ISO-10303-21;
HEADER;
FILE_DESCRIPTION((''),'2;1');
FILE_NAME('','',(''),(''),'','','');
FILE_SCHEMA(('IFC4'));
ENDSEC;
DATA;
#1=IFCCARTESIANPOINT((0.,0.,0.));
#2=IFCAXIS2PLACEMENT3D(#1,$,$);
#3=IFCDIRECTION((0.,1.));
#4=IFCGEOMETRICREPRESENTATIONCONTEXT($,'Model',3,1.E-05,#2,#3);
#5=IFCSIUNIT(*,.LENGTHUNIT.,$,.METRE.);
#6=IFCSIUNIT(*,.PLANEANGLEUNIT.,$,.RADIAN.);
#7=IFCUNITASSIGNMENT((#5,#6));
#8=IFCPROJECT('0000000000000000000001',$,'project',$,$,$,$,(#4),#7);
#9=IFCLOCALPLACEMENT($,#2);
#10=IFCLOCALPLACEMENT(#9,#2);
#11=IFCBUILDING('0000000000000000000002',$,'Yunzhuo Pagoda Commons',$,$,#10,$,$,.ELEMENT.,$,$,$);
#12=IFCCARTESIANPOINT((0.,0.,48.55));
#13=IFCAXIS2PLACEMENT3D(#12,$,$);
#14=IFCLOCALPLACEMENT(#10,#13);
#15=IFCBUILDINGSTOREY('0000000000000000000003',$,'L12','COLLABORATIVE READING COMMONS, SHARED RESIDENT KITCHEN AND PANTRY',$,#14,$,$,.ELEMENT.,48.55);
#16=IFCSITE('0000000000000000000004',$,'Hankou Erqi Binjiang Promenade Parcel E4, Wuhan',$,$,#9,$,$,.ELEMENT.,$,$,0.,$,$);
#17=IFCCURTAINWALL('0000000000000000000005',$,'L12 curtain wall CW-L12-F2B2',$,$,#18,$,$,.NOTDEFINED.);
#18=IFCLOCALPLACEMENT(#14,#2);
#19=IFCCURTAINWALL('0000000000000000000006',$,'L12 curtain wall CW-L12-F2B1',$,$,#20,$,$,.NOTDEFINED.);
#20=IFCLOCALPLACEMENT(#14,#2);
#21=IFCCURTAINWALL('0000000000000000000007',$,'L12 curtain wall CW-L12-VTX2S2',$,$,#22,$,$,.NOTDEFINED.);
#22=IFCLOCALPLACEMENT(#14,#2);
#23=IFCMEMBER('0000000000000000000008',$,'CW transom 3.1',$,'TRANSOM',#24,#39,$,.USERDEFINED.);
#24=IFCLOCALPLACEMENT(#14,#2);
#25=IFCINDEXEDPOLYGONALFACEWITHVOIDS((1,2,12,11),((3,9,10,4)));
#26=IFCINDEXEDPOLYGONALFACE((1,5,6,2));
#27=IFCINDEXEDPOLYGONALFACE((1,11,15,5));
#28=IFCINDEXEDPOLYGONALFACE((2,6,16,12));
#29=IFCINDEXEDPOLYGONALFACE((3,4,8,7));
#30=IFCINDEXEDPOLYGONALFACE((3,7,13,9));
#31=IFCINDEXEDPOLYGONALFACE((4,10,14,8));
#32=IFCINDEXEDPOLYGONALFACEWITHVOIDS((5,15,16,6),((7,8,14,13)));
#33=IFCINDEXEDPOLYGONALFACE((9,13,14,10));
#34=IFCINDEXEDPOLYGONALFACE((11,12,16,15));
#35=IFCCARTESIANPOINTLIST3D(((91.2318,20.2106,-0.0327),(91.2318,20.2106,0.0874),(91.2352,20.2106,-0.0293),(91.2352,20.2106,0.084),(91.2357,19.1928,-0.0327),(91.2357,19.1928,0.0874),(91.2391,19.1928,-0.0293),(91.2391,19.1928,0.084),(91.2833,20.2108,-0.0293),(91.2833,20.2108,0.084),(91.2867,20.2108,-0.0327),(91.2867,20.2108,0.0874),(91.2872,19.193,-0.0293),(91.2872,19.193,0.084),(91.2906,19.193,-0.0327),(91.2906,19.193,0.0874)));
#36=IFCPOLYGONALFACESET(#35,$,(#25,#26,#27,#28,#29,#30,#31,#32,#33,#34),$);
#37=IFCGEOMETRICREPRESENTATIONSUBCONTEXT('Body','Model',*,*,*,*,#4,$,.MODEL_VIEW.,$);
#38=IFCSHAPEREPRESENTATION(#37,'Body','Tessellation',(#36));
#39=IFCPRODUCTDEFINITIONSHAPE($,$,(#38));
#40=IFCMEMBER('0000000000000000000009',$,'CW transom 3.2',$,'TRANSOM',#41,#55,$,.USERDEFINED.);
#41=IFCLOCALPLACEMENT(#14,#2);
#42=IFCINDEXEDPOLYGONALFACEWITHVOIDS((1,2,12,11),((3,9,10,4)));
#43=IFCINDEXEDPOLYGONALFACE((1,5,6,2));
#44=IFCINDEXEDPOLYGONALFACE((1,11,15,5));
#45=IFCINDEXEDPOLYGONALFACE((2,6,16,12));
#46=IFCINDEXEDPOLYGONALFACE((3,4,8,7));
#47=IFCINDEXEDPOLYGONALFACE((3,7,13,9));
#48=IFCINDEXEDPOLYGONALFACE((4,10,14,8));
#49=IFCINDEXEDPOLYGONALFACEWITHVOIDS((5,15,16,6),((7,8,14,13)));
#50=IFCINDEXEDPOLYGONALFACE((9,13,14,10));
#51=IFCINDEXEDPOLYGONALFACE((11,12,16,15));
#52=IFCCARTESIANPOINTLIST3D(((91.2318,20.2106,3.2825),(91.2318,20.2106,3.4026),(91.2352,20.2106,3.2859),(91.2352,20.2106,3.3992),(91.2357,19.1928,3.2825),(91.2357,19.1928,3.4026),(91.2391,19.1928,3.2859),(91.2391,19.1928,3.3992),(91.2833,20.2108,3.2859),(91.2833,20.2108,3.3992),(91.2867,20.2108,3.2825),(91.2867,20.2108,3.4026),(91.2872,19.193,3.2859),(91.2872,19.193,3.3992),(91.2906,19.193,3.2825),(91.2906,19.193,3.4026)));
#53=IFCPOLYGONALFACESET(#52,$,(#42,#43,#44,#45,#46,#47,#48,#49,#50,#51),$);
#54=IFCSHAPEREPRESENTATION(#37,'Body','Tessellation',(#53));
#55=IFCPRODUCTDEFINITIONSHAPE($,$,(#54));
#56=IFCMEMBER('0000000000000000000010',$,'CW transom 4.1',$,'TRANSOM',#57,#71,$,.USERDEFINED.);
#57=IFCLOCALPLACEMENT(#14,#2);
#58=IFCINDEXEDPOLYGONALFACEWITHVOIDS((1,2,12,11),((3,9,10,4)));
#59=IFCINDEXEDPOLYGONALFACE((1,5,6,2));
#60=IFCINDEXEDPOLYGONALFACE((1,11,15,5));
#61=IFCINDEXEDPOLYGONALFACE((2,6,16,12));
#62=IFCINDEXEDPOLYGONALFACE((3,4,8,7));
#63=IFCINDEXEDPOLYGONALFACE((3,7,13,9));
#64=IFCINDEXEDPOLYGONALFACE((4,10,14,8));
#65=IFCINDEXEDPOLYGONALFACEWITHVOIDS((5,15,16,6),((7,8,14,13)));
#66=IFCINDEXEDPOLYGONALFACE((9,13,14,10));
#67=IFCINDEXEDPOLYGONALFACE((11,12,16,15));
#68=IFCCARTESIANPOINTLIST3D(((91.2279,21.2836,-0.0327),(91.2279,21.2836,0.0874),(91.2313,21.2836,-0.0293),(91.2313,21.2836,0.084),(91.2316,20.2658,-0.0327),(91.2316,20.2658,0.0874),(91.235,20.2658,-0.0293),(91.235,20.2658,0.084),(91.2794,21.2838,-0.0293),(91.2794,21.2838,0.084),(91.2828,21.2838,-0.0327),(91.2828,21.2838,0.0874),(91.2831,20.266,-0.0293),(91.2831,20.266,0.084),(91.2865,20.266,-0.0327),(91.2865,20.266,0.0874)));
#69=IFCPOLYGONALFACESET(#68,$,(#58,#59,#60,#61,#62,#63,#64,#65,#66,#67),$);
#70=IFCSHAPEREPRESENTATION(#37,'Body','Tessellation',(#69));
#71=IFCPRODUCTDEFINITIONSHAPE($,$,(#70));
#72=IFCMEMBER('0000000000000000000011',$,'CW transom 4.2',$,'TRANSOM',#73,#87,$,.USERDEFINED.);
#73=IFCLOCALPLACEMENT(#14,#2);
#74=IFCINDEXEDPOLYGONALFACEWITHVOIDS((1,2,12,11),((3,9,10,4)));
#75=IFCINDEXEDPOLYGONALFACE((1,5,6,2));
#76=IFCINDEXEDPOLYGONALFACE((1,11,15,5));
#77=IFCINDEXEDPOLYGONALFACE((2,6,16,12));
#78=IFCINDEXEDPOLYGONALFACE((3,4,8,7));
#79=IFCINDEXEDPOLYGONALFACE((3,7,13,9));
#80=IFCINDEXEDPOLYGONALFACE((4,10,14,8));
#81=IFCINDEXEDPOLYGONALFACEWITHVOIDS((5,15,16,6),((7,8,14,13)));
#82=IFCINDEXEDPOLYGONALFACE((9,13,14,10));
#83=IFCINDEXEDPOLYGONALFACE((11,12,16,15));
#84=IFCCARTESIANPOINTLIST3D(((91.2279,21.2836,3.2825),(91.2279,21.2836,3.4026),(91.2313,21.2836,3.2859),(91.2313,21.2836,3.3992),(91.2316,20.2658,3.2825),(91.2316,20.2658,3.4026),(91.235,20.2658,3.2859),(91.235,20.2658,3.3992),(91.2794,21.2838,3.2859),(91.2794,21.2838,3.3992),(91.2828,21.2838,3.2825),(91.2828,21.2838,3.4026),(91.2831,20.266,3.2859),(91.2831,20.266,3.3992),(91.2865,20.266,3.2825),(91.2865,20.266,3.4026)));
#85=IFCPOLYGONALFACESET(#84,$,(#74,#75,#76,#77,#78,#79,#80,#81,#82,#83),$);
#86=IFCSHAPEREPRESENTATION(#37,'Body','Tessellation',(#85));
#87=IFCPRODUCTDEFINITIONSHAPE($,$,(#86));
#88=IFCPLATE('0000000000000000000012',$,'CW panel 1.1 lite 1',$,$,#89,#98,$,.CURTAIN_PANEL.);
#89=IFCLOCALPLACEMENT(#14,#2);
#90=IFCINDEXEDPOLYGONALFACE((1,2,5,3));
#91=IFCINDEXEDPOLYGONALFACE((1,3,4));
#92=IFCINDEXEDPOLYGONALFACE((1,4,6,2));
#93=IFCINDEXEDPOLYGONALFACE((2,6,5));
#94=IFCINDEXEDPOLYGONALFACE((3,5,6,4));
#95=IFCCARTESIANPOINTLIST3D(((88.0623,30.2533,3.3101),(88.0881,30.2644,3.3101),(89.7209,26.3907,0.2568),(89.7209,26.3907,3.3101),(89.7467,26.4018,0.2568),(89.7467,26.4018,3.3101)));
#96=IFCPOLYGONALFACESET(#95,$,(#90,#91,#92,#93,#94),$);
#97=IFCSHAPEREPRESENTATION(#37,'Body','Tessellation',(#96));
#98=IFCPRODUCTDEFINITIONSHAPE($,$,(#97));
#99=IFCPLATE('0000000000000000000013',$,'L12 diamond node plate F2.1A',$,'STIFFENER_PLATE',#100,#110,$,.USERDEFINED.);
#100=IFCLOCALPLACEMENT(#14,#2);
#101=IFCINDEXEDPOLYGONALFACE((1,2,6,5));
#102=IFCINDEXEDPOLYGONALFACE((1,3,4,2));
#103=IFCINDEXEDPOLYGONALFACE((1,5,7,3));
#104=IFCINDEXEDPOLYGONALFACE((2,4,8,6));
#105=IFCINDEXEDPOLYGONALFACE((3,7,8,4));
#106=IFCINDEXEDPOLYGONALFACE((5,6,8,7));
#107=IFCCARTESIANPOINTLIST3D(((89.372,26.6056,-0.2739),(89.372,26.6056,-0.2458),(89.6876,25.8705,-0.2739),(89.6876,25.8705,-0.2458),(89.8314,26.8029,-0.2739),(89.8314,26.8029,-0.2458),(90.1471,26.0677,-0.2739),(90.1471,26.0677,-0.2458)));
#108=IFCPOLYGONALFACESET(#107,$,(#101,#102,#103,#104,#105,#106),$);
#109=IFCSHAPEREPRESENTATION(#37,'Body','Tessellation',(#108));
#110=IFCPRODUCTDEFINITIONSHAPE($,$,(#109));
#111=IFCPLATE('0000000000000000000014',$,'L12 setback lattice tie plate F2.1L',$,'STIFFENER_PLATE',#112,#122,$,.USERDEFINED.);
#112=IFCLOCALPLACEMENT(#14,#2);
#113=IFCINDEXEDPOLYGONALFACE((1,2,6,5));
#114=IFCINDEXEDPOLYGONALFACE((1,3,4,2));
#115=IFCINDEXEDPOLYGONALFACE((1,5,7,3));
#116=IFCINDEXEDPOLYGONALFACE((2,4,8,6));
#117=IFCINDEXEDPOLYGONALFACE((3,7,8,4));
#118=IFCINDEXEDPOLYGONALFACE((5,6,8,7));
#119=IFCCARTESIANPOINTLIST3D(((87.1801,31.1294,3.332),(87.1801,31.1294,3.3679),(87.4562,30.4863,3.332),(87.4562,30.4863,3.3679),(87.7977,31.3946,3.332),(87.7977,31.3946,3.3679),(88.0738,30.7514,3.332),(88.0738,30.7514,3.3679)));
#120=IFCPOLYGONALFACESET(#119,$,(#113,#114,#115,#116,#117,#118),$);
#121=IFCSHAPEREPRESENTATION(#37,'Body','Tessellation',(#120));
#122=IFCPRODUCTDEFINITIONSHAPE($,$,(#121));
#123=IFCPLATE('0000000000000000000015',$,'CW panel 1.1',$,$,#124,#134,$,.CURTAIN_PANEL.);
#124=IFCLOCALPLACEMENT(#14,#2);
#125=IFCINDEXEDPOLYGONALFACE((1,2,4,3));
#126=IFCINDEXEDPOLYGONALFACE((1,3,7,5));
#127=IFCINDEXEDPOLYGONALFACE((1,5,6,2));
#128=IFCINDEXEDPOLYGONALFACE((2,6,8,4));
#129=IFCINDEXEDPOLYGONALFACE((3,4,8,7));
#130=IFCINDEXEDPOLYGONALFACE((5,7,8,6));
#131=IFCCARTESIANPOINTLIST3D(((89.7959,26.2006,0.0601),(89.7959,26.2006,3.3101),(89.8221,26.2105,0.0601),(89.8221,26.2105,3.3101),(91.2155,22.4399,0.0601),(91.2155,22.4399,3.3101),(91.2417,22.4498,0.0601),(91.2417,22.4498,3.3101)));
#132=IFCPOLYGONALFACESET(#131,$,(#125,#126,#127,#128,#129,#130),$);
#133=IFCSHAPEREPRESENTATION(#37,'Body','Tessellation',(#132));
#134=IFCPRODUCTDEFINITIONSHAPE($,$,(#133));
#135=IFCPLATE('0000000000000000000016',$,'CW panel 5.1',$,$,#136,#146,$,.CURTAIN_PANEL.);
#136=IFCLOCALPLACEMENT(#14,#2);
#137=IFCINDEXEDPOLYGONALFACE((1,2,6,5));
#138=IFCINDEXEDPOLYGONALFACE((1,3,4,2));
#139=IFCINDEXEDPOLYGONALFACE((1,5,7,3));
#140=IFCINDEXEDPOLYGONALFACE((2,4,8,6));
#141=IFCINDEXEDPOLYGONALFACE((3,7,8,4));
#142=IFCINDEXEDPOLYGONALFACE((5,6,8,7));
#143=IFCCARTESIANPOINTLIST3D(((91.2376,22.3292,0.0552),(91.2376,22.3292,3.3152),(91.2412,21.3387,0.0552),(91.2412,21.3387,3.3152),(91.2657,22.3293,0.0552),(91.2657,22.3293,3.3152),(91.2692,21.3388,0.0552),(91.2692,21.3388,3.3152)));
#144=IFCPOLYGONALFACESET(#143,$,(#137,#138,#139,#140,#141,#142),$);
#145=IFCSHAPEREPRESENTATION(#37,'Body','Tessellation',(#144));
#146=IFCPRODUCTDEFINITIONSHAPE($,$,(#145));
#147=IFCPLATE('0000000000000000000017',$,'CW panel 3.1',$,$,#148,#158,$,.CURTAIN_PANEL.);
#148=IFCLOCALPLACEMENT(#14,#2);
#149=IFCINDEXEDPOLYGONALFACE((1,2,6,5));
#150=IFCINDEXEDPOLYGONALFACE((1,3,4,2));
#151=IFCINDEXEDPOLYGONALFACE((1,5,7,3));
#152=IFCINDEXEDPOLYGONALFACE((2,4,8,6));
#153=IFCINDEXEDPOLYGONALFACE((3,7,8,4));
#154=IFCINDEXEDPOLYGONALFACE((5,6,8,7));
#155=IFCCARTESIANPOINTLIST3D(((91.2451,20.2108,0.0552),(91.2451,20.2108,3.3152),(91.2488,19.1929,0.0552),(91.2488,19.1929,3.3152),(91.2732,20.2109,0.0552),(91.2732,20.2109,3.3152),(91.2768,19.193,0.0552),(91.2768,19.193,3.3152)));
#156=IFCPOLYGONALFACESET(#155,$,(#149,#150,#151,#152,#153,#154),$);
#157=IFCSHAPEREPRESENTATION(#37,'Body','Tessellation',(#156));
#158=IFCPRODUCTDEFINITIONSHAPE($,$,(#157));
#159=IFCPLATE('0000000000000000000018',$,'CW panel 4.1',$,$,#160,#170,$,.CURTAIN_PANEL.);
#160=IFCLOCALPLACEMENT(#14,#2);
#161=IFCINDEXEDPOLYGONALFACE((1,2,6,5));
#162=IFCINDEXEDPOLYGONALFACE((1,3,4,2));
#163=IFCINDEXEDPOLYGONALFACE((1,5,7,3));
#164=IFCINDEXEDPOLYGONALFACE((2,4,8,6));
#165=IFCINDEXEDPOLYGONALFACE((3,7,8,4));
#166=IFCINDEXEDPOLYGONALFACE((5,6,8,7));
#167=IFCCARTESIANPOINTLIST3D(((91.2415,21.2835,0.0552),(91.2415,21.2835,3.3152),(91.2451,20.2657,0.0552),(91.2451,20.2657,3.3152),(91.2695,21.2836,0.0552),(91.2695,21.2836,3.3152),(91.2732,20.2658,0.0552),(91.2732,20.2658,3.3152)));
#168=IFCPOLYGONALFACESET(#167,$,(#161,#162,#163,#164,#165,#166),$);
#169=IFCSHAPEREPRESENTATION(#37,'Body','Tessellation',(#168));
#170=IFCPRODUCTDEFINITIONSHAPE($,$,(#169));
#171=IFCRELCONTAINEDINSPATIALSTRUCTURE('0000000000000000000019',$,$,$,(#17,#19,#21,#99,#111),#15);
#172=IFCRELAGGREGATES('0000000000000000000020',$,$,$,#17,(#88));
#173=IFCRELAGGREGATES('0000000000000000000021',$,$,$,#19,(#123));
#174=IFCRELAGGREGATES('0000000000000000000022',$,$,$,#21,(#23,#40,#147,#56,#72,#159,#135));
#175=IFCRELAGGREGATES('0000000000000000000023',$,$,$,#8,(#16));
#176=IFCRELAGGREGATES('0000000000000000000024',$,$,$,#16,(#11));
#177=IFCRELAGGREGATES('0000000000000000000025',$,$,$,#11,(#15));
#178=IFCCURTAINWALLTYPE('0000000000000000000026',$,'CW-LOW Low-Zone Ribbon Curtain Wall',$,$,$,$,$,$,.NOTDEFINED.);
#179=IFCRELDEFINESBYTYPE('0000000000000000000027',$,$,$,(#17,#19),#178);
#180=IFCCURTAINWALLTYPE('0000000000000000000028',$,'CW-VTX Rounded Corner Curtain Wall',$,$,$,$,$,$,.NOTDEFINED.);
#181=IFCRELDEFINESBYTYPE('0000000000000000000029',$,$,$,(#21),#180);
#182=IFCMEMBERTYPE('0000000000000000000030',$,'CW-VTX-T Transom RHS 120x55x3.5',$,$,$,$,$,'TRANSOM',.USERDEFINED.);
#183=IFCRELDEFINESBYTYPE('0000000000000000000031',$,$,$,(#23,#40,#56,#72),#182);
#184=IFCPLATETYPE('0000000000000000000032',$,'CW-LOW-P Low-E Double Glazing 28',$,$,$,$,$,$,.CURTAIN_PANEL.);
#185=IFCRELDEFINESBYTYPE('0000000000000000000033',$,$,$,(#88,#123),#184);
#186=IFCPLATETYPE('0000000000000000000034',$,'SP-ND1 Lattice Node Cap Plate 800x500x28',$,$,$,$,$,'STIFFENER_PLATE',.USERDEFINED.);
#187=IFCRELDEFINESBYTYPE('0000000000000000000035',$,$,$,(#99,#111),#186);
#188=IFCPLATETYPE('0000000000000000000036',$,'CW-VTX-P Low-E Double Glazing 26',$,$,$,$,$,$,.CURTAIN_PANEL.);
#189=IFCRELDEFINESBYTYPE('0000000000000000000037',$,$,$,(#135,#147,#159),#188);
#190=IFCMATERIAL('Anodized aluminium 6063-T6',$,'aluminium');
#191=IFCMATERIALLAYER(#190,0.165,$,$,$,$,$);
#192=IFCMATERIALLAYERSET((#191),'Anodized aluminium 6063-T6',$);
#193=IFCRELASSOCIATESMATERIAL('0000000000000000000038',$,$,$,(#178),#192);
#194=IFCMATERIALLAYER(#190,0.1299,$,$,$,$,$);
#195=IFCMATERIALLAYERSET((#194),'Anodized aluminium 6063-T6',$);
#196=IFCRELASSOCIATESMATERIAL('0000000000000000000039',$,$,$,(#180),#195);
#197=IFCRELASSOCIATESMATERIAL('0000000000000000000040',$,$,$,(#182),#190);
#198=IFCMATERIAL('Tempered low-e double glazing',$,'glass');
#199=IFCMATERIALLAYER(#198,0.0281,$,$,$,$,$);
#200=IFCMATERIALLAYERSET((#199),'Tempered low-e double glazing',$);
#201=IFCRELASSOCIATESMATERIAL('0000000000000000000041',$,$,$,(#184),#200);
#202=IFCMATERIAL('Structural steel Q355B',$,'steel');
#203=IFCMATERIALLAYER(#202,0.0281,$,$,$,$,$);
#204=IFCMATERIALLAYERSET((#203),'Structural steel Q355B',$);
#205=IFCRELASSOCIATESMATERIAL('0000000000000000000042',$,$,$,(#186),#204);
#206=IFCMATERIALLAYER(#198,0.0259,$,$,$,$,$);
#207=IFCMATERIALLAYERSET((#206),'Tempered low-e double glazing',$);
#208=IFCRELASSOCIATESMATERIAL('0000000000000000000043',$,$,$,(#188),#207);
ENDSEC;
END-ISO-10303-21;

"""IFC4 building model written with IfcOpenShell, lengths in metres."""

from ifc_helpers import new_model, si_unit, direction, frame, origin, origin_2d, place, context, subcontext, project, spatial, polyline, rectangle, hollow_rectangle, outline, extrude, source, transform, mapped, material, layer, layer_set, material_profile, profile_set, type_object, element, aggregate, save


model = new_model("IFC4")

# Units and contexts
model_context = context("Model", 3, precision=1e-05, world=origin(), true_north=direction((0.0, 1.0)))
body_context = subcontext(model_context, "Body", "Model", "MODEL_VIEW")
ifc_project = project(units=[si_unit("LENGTHUNIT", "METRE"), si_unit("PLANEANGLEUNIT", "RADIAN")], contexts=[model_context])

# Site, building, storey
site_placement = place(None, origin())
site = spatial("IfcSite", under=ifc_project, at=site_placement, Name="Hankou Erqi Binjiang Promenade Parcel E4, Wuhan", CompositionType="ELEMENT", RefElevation=0.0)
building_placement = place(site_placement, origin())
building = spatial("IfcBuilding", under=site, at=building_placement, Name="Yunzhuo Pagoda Commons", CompositionType="ELEMENT")
storey_placement = place(building_placement, frame((0.0, 0.0, 48.55)))
storey = spatial("IfcBuildingStorey", under=building, at=storey_placement, Name="L12", Description="COLLABORATIVE READING COMMONS, SHARED RESIDENT KITCHEN AND PANTRY", CompositionType="ELEMENT", Elevation=48.55)

# Shared definitions
ifc_material_1 = material(Name="Structural steel Q355B", Category="steel")

# Curtain wall
ifc_material_2 = material(Name="Anodized aluminium 6063-T6", Category="aluminium")
ifc_layer_1 = layer(ifc_material_2, 0.165)
ifc_layer_set_1 = layer_set([ifc_layer_1], Name="Anodized aluminium 6063-T6")
curtain_wall_type_1 = type_object("IfcCurtainWallType", Name="CW-LOW Low-Zone Ribbon Curtain Wall", PredefinedType="NOTDEFINED", material=ifc_layer_set_1)
curtain_wall_1_placement = place(storey_placement, origin())
curtain_wall_1 = element("IfcCurtainWall", 1, at=curtain_wall_1_placement, inside=storey, type_object=curtain_wall_type_1, Name="L12 curtain wall CW-L12-F2B2", PredefinedType="NOTDEFINED")

# Curtain wall
curtain_wall_2_placement = place(storey_placement, origin())
curtain_wall_2 = element("IfcCurtainWall", 2, at=curtain_wall_2_placement, inside=storey, type_object=curtain_wall_type_1, Name="L12 curtain wall CW-L12-F2B1", PredefinedType="NOTDEFINED")

# Curtain wall, members
ifc_layer_2 = layer(ifc_material_2, 0.1299)
ifc_layer_set_2 = layer_set([ifc_layer_2], Name="Anodized aluminium 6063-T6")
curtain_wall_type_2 = type_object("IfcCurtainWallType", Name="CW-VTX Rounded Corner Curtain Wall", PredefinedType="NOTDEFINED", material=ifc_layer_set_2)
curtain_wall_3_placement = place(storey_placement, origin())
curtain_wall_3 = element("IfcCurtainWall", 3, at=curtain_wall_3_placement, inside=storey, type_object=curtain_wall_type_2, Name="L12 curtain wall CW-L12-VTX2S2", PredefinedType="NOTDEFINED")
ifc_material_profile_1 = material_profile(ifc_material_2, hollow_rectangle(XDim=0.0549, YDim=0.1201, WallThickness=0.0034, at=origin_2d()), Name="Anodized aluminium 6063-T6")
ifc_profile_set_1 = profile_set([ifc_material_profile_1], Name="Anodized aluminium 6063-T6")
member_type_1 = type_object("IfcMemberType", Name="CW-VTX-T Transom RHS 120x55x3.5", ElementType="TRANSOM", PredefinedType="USERDEFINED", material=ifc_profile_set_1)
shared_shape_1 = source(origin(), body_context, "Body", "SweptSolid", [
    extrude(hollow_rectangle(XDim=0.0549, YDim=0.1201, WallThickness=0.0034, at=origin_2d()), origin(), (0.0, 0.0, 1.0), 1.0178),
])
member_1_placement = place(storey_placement, frame((91.2632, 19.1929, 0.0273), z_axis=(-0.003838, 0.999993, 0.0), x_axis=(-0.999993, -0.003838, 0.0)))
member_1 = element("IfcMember", 4, at=member_1_placement, type_object=member_type_1, Name="CW transom 3.1", ObjectType="TRANSOM", PredefinedType="USERDEFINED", context=body_context, shape_type="MappedRepresentation", body=[
    mapped(shared_shape_1, transform((0.0, 0.0, 0.0), scale=1.0)),
])
member_2_placement = place(storey_placement, frame((91.2632, 19.1929, 3.3425), z_axis=(-0.003838, 0.999993, 0.0), x_axis=(-0.999993, -0.003838, 0.0)))
member_2 = element("IfcMember", 5, at=member_2_placement, type_object=member_type_1, Name="CW transom 3.2", ObjectType="TRANSOM", PredefinedType="USERDEFINED", context=body_context, shape_type="MappedRepresentation", body=[
    mapped(shared_shape_1, transform((0.0, 0.0, 0.0), scale=1.0)),
])
member_3_placement = place(storey_placement, frame((91.259, 20.2659, 0.0273), z_axis=(-0.003598, 0.999994, 0.0), x_axis=(-0.999994, -0.003598, 0.0)))
member_3 = element("IfcMember", 6, at=member_3_placement, type_object=member_type_1, Name="CW transom 4.1", ObjectType="TRANSOM", PredefinedType="USERDEFINED", context=body_context, shape_type="MappedRepresentation", body=[
    mapped(shared_shape_1, transform((0.0, 0.0, 0.0), scale=1.0)),
])
member_4_placement = place(storey_placement, frame((91.259, 20.2659, 3.3425), z_axis=(-0.003598, 0.999994, 0.0), x_axis=(-0.999994, -0.003598, 0.0)))
member_4 = element("IfcMember", 7, at=member_4_placement, type_object=member_type_1, Name="CW transom 4.2", ObjectType="TRANSOM", PredefinedType="USERDEFINED", context=body_context, shape_type="MappedRepresentation", body=[
    mapped(shared_shape_1, transform((0.0, 0.0, 0.0), scale=1.0)),
])

# Plate
ifc_material_3 = material(Name="Tempered low-e double glazing", Category="glass")
ifc_layer_3 = layer(ifc_material_3, 0.0281)
ifc_layer_set_3 = layer_set([ifc_layer_3], Name="Tempered low-e double glazing")
plate_type_1 = type_object("IfcPlateType", Name="CW-LOW-P Low-E Double Glazing 28", PredefinedType="CURTAIN_PANEL", material=ifc_layer_set_3)
plate_1_placement = place(storey_placement, frame((88.8916, 28.322, 1.7834), z_axis=(0.918866, 0.394571, 0.0), x_axis=(-0.394571, 0.918866, 0.0)))
plate_1 = element("IfcPlate", 8, at=plate_1_placement, type_object=plate_type_1, Name="CW panel 1.1 lite 1", PredefinedType="CURTAIN_PANEL", context=body_context, shape_type="SweptSolid", body=[
    extrude(outline(polyline([(-2.1018, -1.5266), (2.1018, 1.5266), (-2.1018, 1.5266), (-2.1018, -1.5266)])), origin(), (0.0, 0.0, 1.0), 0.0281),
])
aggregate(curtain_wall_1, [plate_1])

# Plates
ifc_layer_4 = layer(ifc_material_1, 0.0281)
ifc_layer_set_4 = layer_set([ifc_layer_4], Name="Structural steel Q355B")
plate_type_2 = type_object("IfcPlateType", Name="SP-ND1 Lattice Node Cap Plate 800x500x28", ElementType="STIFFENER_PLATE", PredefinedType="USERDEFINED", material=ifc_layer_set_4)
shared_shape_2 = source(origin(), body_context, "Body", "SweptSolid", [
    extrude(rectangle(XDim=0.8, YDim=0.5, at=origin_2d()), origin(), (0.0, 0.0, 1.0), 0.0281),
])
plate_2_placement = place(storey_placement, frame((89.7595, 26.3367, -0.2739), z_axis=(0.0, 0.0, 1.0), x_axis=(-0.394567, 0.918867, 0.0)))
element("IfcPlate", 9, at=plate_2_placement, inside=storey, type_object=plate_type_2, Name="L12 diamond node plate F2.1A", ObjectType="STIFFENER_PLATE", PredefinedType="USERDEFINED", context=body_context, shape_type="MappedRepresentation", body=[
    mapped(shared_shape_2, transform((0.0, 0.0, 0.0), scale=1.0)),
])
shared_shape_3 = source(origin(), body_context, "Body", "SweptSolid", [
    extrude(rectangle(XDim=0.7, YDim=0.6721, at=origin_2d()), origin(), (0.0, 0.0, 1.0), 0.0359),
])
plate_3_placement = place(storey_placement, frame((87.627, 30.9404, 3.332), z_axis=(0.0, 0.0, 1.0), x_axis=(-0.394567, 0.918867, 0.0)))
element("IfcPlate", 10, at=plate_3_placement, inside=storey, type_object=plate_type_2, Name="L12 setback lattice tie plate F2.1L", ObjectType="STIFFENER_PLATE", PredefinedType="USERDEFINED", context=body_context, shape_type="MappedRepresentation", body=[
    mapped(shared_shape_3, transform((0.0, 0.0, 0.0), scale=1.0)),
])

# Plates
shared_shape_4 = source(origin(), body_context, "Body", "SweptSolid", [
    extrude(rectangle(XDim=4.0198, YDim=0.0281, at=origin_2d()), origin(), (0.0, 0.0, 1.0), 3.25),
])
plate_4_placement = place(storey_placement, frame((90.5188, 24.3252, 0.0601), z_axis=(0.0, 0.0, 1.0), x_axis=(-0.353151, 0.935566, 0.0)))
plate_4 = element("IfcPlate", 11, at=plate_4_placement, type_object=plate_type_1, Name="CW panel 1.1", PredefinedType="CURTAIN_PANEL", context=body_context, shape_type="MappedRepresentation", body=[
    mapped(shared_shape_4, transform((0.0, 0.0, 0.0), scale=1.0)),
])
aggregate(curtain_wall_2, [plate_4])
ifc_layer_5 = layer(ifc_material_3, 0.0259)
ifc_layer_set_5 = layer_set([ifc_layer_5], Name="Tempered low-e double glazing")
plate_type_3 = type_object("IfcPlateType", Name="CW-VTX-P Low-E Double Glazing 26", PredefinedType="CURTAIN_PANEL", material=ifc_layer_set_5)
shared_shape_5 = source(origin(), body_context, "Body", "SweptSolid", [
    extrude(rectangle(XDim=0.9905, YDim=0.0281, at=origin_2d()), origin(), (0.0, 0.0, 1.0), 3.26),
])
plate_5_placement = place(storey_placement, frame((91.2534, 21.834, 0.0552), z_axis=(0.0, 0.0, 1.0), x_axis=(-0.003579, 0.999994, 0.0)))
plate_5 = element("IfcPlate", 12, at=plate_5_placement, type_object=plate_type_3, Name="CW panel 5.1", PredefinedType="CURTAIN_PANEL", context=body_context, shape_type="MappedRepresentation", body=[
    mapped(shared_shape_5, transform((0.0, 0.0, 0.0), scale=1.0)),
])
shared_shape_6 = source(origin(), body_context, "Body", "SweptSolid", [
    extrude(rectangle(XDim=1.0178, YDim=0.0281, at=origin_2d()), origin(), (0.0, 0.0, 1.0), 3.26),
])
plate_6_placement = place(storey_placement, frame((91.261, 19.7019, 0.0552), z_axis=(0.0, 0.0, 1.0), x_axis=(-0.003579, 0.999994, 0.0)))
plate_6 = element("IfcPlate", 13, at=plate_6_placement, type_object=plate_type_3, Name="CW panel 3.1", PredefinedType="CURTAIN_PANEL", context=body_context, shape_type="MappedRepresentation", body=[
    mapped(shared_shape_6, transform((0.0, 0.0, 0.0), scale=1.0)),
])
plate_7_placement = place(storey_placement, frame((91.2573, 20.7747, 0.0552), z_axis=(0.0, 0.0, 1.0), x_axis=(-0.003579, 0.999994, 0.0)))
plate_7 = element("IfcPlate", 14, at=plate_7_placement, type_object=plate_type_3, Name="CW panel 4.1", PredefinedType="CURTAIN_PANEL", context=body_context, shape_type="MappedRepresentation", body=[
    mapped(shared_shape_6, transform((0.0, 0.0, 0.0), scale=1.0)),
])
aggregate(curtain_wall_3, [member_1, member_2, plate_6, member_3, member_4, plate_7, plate_5])

save(model, "model.ifc")
